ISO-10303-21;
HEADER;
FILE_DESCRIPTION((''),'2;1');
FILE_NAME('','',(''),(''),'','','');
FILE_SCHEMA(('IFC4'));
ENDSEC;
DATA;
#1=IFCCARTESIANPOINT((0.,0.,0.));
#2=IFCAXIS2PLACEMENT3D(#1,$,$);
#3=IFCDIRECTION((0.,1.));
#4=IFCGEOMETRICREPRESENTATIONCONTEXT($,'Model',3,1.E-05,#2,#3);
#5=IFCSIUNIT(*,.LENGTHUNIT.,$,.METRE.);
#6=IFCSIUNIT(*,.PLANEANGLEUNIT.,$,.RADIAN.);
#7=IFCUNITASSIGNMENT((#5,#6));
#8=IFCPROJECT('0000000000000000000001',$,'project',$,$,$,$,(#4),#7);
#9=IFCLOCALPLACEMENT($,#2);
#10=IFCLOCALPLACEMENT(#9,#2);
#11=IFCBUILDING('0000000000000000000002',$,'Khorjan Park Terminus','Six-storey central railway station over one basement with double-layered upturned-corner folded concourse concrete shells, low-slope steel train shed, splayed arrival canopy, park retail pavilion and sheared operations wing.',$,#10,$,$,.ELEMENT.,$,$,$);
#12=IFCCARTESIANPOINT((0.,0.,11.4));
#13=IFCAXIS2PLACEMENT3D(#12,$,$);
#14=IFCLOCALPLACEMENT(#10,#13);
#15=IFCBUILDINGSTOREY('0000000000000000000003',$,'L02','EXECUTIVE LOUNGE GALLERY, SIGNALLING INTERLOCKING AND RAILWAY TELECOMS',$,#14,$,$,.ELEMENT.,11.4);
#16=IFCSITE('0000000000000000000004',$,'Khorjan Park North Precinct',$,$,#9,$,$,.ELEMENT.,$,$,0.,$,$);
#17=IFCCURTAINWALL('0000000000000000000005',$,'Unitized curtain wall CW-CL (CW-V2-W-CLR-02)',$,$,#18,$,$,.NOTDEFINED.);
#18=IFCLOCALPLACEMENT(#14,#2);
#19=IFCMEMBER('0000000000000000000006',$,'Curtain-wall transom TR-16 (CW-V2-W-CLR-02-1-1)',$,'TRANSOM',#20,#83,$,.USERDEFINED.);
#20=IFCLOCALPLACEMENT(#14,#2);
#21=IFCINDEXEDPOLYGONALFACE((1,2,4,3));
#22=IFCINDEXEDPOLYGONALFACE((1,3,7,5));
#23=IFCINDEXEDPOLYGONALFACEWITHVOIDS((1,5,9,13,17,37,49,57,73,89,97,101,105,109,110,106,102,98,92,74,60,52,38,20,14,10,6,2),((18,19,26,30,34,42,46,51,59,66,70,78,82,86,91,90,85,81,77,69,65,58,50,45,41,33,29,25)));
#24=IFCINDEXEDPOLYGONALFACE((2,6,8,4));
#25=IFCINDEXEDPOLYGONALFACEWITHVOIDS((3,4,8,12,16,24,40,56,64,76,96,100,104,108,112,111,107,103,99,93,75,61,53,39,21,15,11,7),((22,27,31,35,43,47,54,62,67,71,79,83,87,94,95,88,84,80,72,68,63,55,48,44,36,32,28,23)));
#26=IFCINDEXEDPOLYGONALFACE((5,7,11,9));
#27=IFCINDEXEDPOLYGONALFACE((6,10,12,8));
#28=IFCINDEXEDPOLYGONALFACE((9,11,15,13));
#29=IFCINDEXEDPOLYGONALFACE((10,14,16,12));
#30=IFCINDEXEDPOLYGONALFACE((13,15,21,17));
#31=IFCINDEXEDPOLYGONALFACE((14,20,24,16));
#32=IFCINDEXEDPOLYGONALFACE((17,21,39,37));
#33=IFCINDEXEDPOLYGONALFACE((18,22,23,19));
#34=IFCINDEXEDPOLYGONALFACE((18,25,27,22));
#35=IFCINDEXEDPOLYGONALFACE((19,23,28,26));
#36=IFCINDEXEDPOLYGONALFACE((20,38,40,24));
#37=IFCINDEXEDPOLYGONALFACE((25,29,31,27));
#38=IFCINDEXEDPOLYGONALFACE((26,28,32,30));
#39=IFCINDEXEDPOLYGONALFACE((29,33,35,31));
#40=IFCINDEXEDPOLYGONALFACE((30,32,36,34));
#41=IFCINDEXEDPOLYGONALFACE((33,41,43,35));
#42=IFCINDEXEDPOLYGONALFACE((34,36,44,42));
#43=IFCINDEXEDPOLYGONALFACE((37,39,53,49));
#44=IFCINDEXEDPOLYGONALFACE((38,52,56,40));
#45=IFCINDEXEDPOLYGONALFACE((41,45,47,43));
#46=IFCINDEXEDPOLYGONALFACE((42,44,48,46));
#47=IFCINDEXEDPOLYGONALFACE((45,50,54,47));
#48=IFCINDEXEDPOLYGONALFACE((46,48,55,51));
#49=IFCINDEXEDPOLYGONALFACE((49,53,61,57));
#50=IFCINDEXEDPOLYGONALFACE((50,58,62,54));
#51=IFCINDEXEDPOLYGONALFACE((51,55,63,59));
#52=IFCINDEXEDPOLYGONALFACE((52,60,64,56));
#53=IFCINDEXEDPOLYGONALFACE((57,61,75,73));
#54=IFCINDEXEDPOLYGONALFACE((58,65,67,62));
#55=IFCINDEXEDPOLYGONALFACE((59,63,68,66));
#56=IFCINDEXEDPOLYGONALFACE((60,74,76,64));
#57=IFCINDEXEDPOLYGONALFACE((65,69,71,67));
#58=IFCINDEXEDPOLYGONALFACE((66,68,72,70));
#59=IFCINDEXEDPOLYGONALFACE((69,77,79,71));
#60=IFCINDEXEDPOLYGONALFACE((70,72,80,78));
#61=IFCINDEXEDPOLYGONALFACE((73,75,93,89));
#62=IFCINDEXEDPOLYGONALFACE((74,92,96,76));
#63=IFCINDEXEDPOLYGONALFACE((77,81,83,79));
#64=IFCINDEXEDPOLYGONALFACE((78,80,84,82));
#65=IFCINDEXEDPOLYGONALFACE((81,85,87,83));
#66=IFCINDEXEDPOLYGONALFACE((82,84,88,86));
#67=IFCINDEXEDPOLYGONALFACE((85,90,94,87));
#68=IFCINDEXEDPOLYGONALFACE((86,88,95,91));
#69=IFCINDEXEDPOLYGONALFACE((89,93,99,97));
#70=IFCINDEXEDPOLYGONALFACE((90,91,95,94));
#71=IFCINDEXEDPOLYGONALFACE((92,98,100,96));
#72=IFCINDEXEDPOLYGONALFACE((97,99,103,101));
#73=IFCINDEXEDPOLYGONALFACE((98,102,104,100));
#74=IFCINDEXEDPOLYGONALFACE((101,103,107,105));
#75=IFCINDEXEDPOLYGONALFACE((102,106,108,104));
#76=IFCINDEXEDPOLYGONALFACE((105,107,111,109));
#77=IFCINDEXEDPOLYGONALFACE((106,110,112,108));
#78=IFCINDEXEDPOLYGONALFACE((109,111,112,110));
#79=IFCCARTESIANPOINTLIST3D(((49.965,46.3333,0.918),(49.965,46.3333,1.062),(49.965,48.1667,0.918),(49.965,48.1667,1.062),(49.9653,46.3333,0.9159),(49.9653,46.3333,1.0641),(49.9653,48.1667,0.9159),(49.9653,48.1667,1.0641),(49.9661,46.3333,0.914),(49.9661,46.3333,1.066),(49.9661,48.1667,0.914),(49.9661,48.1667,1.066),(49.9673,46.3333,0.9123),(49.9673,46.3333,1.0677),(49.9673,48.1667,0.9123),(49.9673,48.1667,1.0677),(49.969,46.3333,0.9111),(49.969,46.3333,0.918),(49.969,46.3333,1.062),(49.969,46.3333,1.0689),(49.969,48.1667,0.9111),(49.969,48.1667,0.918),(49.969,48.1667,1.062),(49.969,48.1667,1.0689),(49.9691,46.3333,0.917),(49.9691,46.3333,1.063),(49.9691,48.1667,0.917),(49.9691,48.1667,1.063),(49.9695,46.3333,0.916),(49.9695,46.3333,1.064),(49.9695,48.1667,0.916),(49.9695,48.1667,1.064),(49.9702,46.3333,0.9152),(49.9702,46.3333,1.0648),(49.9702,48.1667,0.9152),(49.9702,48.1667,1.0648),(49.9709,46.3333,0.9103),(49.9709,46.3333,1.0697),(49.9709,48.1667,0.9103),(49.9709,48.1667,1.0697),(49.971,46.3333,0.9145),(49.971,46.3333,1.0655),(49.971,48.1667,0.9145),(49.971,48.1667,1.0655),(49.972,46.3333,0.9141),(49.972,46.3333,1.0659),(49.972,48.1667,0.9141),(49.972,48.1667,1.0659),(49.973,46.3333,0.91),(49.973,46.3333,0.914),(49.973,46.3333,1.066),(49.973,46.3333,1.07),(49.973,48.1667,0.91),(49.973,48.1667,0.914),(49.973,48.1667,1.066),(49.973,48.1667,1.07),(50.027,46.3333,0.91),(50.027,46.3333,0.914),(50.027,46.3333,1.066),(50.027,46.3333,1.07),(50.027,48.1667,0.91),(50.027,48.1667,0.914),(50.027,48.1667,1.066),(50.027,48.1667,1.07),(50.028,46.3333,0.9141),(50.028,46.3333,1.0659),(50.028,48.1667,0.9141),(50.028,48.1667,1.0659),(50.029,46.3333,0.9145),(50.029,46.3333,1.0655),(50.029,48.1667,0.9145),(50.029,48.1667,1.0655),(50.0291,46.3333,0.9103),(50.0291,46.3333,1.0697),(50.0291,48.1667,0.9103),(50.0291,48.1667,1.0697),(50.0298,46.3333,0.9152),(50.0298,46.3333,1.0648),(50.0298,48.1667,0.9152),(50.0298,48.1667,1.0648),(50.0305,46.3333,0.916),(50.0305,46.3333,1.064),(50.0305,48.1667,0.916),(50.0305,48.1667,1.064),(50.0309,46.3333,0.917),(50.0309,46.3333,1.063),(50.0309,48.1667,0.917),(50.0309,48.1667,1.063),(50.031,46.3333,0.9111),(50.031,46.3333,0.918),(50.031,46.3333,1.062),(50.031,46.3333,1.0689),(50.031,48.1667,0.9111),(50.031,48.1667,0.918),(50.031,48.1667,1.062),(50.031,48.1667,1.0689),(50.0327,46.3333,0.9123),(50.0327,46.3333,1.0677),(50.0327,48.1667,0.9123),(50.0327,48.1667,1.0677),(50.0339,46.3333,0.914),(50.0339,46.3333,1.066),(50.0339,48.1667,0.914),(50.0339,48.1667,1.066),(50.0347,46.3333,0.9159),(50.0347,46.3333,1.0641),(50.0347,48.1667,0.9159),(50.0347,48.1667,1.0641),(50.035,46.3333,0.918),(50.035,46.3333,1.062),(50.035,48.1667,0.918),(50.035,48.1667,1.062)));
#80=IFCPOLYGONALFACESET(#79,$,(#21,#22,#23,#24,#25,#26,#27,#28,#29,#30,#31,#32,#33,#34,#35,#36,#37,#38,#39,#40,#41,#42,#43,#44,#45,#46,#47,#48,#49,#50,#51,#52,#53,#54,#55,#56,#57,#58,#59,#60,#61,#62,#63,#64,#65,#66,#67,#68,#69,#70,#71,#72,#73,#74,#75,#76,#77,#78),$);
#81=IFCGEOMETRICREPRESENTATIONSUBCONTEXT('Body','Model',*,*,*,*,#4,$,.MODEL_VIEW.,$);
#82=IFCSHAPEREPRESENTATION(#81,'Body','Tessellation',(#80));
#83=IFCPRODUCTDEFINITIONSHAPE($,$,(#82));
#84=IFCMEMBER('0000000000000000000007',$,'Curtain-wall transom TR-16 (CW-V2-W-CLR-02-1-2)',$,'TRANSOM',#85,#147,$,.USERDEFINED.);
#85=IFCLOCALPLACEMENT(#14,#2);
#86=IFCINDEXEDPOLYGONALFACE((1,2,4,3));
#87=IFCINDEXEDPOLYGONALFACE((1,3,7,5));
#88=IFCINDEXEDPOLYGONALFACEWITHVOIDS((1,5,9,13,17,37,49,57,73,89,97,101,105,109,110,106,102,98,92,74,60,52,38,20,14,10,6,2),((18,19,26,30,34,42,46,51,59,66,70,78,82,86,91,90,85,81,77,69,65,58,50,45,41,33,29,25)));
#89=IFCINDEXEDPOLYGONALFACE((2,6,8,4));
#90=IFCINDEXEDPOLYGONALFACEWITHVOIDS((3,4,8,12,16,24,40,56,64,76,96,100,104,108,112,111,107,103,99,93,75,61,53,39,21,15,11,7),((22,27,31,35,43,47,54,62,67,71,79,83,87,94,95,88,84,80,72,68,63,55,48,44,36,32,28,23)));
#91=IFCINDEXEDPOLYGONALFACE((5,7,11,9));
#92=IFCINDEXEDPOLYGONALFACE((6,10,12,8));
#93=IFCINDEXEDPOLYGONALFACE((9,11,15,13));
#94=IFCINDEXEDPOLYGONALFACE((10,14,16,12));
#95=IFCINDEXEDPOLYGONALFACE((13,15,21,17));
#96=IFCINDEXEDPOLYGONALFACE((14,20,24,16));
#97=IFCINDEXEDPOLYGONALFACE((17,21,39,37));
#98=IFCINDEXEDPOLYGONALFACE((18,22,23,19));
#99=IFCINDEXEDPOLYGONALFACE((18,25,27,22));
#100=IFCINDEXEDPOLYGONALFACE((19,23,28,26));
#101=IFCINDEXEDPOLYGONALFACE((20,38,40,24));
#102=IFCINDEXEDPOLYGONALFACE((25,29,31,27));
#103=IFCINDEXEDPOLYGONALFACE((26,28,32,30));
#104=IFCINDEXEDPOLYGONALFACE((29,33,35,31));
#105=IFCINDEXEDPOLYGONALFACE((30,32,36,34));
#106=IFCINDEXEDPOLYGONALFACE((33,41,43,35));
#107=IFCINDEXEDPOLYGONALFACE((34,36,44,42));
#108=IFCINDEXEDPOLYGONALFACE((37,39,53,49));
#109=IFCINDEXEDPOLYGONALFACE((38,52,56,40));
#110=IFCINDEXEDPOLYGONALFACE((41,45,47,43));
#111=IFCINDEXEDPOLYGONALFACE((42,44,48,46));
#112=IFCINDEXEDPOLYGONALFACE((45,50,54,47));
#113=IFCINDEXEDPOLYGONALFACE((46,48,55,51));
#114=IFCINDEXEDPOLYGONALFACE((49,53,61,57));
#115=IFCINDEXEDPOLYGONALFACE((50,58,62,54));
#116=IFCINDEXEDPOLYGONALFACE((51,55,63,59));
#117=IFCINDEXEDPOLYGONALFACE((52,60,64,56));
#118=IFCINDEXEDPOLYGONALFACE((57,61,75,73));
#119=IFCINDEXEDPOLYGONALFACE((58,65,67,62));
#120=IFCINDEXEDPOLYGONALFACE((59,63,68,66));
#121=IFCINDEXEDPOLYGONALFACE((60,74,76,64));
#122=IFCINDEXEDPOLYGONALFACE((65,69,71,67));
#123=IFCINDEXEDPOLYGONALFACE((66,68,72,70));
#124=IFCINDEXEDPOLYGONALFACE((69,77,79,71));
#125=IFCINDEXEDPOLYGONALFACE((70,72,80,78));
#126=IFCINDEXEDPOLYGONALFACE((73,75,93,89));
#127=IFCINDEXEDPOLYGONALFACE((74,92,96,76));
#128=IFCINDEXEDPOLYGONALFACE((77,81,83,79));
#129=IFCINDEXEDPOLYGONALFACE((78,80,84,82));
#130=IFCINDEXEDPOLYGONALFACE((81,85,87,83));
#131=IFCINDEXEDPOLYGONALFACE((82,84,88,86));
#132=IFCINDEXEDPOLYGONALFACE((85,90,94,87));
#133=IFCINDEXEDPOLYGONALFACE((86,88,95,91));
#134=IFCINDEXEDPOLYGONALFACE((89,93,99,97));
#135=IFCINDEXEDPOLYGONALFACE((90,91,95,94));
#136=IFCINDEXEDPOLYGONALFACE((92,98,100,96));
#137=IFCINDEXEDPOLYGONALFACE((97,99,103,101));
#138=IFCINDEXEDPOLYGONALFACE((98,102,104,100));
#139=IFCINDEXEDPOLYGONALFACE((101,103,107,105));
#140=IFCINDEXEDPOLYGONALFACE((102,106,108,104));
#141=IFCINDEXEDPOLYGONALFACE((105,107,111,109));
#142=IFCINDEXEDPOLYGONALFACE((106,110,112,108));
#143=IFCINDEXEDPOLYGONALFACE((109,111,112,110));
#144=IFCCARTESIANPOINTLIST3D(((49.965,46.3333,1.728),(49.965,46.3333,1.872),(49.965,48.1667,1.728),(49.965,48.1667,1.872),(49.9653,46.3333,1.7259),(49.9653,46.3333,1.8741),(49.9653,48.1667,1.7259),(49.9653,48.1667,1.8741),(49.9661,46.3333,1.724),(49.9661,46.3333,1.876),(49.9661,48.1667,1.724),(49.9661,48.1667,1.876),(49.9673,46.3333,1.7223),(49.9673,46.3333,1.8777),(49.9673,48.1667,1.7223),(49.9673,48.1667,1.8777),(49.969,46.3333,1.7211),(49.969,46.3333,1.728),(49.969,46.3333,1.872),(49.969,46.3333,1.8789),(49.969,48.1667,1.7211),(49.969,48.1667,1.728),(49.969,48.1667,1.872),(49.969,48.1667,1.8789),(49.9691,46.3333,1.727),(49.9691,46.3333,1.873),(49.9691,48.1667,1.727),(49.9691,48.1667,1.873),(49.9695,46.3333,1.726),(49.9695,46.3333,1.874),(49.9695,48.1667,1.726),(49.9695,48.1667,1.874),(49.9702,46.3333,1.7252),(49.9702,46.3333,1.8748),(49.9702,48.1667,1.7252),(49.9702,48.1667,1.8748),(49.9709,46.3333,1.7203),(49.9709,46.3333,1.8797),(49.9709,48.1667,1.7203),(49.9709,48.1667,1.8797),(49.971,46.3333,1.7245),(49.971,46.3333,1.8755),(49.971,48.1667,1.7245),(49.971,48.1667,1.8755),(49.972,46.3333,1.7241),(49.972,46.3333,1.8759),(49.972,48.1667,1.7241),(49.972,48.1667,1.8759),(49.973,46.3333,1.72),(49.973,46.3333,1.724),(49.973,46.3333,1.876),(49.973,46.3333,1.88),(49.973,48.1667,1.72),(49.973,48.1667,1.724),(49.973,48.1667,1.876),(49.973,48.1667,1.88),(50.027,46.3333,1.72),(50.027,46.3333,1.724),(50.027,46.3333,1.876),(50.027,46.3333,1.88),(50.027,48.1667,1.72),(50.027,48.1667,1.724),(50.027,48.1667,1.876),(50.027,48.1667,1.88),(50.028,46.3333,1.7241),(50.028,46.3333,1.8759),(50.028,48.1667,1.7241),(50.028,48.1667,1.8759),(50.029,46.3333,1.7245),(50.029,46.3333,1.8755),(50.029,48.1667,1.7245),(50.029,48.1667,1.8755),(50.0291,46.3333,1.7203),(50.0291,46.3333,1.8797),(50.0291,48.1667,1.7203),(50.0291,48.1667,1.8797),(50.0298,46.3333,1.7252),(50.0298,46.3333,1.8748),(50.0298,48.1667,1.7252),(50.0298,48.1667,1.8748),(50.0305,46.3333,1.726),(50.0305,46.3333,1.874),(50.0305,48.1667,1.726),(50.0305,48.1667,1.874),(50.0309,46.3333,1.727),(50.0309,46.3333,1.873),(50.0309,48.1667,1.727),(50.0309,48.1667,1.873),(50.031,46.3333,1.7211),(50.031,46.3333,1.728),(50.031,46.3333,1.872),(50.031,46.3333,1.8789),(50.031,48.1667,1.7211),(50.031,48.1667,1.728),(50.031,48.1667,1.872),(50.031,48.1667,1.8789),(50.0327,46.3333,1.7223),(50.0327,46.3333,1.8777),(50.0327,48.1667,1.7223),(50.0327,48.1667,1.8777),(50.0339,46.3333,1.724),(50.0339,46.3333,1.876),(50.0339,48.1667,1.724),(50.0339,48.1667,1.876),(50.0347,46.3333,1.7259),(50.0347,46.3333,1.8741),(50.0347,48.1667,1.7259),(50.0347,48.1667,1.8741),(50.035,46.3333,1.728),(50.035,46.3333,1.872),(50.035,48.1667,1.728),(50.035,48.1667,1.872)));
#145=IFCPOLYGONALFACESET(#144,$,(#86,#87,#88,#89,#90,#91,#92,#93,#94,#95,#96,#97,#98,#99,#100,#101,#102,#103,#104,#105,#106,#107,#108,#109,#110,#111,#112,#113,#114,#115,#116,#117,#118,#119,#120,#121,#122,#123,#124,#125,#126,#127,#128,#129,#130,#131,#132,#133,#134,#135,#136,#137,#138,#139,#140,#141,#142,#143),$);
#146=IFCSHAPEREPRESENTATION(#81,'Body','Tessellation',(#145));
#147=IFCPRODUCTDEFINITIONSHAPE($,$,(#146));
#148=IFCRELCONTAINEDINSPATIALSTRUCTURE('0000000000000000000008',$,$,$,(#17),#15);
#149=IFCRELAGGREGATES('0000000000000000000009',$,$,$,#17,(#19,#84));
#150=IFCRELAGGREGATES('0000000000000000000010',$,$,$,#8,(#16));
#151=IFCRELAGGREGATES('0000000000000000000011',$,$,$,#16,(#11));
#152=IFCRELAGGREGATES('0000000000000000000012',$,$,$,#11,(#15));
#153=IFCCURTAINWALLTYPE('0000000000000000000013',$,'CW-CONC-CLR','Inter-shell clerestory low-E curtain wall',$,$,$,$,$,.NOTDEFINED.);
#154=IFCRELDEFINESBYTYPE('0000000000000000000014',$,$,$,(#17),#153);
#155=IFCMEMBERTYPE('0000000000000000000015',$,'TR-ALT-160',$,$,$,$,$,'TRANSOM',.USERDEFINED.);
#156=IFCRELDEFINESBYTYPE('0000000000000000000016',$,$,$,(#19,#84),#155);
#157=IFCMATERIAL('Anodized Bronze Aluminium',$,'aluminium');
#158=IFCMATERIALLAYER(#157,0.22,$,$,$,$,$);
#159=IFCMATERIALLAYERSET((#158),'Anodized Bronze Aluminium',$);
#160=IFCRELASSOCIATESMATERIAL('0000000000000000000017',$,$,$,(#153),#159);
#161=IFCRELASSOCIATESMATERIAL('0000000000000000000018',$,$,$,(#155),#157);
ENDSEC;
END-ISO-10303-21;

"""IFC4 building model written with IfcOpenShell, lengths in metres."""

from ifc_helpers import new_model, si_unit, direction, frame, origin, origin_2d, place, context, subcontext, project, spatial, hollow_rectangle, extrude, material, layer, layer_set, material_profile, profile_set, type_object, element, aggregate, save


model = new_model("IFC4")

# Units and contexts
model_context = context("Model", 3, precision=1e-05, world=origin(), true_north=direction((0.0, 1.0)))
body_context = subcontext(model_context, "Body", "Model", "MODEL_VIEW")
ifc_project = project(units=[si_unit("LENGTHUNIT", "METRE"), si_unit("PLANEANGLEUNIT", "RADIAN")], contexts=[model_context])

# Site, building, storey
site_placement = place(None, origin())
site = spatial("IfcSite", under=ifc_project, at=site_placement, Name="Khorjan Park North Precinct", CompositionType="ELEMENT", RefElevation=0.0)
building_placement = place(site_placement, origin())
building = spatial("IfcBuilding", under=site, at=building_placement, Name="Khorjan Park Terminus", Description="Six-storey central railway station over one basement with double-layered upturned-corner folded concourse concrete shells, low-slope steel train shed, splayed arrival canopy, park retail pavilion and sheared operations wing.", CompositionType="ELEMENT")
storey_placement = place(building_placement, frame((0.0, 0.0, 11.4)))
storey = spatial("IfcBuildingStorey", under=building, at=storey_placement, Name="L02", Description="EXECUTIVE LOUNGE GALLERY, SIGNALLING INTERLOCKING AND RAILWAY TELECOMS", CompositionType="ELEMENT", Elevation=11.4)

# Curtain wall, members
ifc_material_1 = material(Name="Anodized Bronze Aluminium", Category="aluminium")
ifc_layer_1 = layer(ifc_material_1, 0.22)
ifc_layer_set_1 = layer_set([ifc_layer_1], Name="Anodized Bronze Aluminium")
curtain_wall_type = type_object("IfcCurtainWallType", Name="CW-CONC-CLR", Description="Inter-shell clerestory low-E curtain wall", PredefinedType="NOTDEFINED", material=ifc_layer_set_1)
curtain_wall_placement = place(storey_placement, origin())
curtain_wall = element("IfcCurtainWall", 1, at=curtain_wall_placement, inside=storey, type_object=curtain_wall_type, Name="Unitized curtain wall CW-CL (CW-V2-W-CLR-02)", PredefinedType="NOTDEFINED")
ifc_material_profile_1 = material_profile(ifc_material_1, hollow_rectangle(XDim=0.07, YDim=0.16, WallThickness=0.004, InnerFilletRadius=0.004, OuterFilletRadius=0.008, at=origin_2d()), Name="ALT 70x160x4")
ifc_profile_set_1 = profile_set([ifc_material_profile_1], Name="Anodized Bronze Aluminium")
member_type_1 = type_object("IfcMemberType", Name="TR-ALT-160", ElementType="TRANSOM", PredefinedType="USERDEFINED", material=ifc_profile_set_1)
member_1_placement = place(storey_placement, frame((50.0, 48.1667, 0.99), z_axis=(0.0, -1.0, 0.0), x_axis=(1.0, 0.0, 0.0)))
member_1 = element("IfcMember", 2, at=member_1_placement, type_object=member_type_1, Name="Curtain-wall transom TR-16 (CW-V2-W-CLR-02-1-1)", ObjectType="TRANSOM", PredefinedType="USERDEFINED", context=body_context, shape_type="SweptSolid", body=[
    extrude(hollow_rectangle(XDim=0.07, YDim=0.16, WallThickness=0.004, InnerFilletRadius=0.004, OuterFilletRadius=0.008, at=origin_2d()), origin(), (0.0, 0.0, 1.0), 1.8334),
])
member_2_placement = place(storey_placement, frame((50.0, 48.1667, 1.8), z_axis=(0.0, -1.0, 0.0), x_axis=(1.0, 0.0, 0.0)))
member_2 = element("IfcMember", 3, at=member_2_placement, type_object=member_type_1, Name="Curtain-wall transom TR-16 (CW-V2-W-CLR-02-1-2)", ObjectType="TRANSOM", PredefinedType="USERDEFINED", context=body_context, shape_type="SweptSolid", body=[
    extrude(hollow_rectangle(XDim=0.07, YDim=0.16, WallThickness=0.004, InnerFilletRadius=0.004, OuterFilletRadius=0.008, at=origin_2d()), origin(), (0.0, 0.0, 1.0), 1.8334),
])

aggregate(curtain_wall, [member_1, member_2])

save(model, "model.ifc")
